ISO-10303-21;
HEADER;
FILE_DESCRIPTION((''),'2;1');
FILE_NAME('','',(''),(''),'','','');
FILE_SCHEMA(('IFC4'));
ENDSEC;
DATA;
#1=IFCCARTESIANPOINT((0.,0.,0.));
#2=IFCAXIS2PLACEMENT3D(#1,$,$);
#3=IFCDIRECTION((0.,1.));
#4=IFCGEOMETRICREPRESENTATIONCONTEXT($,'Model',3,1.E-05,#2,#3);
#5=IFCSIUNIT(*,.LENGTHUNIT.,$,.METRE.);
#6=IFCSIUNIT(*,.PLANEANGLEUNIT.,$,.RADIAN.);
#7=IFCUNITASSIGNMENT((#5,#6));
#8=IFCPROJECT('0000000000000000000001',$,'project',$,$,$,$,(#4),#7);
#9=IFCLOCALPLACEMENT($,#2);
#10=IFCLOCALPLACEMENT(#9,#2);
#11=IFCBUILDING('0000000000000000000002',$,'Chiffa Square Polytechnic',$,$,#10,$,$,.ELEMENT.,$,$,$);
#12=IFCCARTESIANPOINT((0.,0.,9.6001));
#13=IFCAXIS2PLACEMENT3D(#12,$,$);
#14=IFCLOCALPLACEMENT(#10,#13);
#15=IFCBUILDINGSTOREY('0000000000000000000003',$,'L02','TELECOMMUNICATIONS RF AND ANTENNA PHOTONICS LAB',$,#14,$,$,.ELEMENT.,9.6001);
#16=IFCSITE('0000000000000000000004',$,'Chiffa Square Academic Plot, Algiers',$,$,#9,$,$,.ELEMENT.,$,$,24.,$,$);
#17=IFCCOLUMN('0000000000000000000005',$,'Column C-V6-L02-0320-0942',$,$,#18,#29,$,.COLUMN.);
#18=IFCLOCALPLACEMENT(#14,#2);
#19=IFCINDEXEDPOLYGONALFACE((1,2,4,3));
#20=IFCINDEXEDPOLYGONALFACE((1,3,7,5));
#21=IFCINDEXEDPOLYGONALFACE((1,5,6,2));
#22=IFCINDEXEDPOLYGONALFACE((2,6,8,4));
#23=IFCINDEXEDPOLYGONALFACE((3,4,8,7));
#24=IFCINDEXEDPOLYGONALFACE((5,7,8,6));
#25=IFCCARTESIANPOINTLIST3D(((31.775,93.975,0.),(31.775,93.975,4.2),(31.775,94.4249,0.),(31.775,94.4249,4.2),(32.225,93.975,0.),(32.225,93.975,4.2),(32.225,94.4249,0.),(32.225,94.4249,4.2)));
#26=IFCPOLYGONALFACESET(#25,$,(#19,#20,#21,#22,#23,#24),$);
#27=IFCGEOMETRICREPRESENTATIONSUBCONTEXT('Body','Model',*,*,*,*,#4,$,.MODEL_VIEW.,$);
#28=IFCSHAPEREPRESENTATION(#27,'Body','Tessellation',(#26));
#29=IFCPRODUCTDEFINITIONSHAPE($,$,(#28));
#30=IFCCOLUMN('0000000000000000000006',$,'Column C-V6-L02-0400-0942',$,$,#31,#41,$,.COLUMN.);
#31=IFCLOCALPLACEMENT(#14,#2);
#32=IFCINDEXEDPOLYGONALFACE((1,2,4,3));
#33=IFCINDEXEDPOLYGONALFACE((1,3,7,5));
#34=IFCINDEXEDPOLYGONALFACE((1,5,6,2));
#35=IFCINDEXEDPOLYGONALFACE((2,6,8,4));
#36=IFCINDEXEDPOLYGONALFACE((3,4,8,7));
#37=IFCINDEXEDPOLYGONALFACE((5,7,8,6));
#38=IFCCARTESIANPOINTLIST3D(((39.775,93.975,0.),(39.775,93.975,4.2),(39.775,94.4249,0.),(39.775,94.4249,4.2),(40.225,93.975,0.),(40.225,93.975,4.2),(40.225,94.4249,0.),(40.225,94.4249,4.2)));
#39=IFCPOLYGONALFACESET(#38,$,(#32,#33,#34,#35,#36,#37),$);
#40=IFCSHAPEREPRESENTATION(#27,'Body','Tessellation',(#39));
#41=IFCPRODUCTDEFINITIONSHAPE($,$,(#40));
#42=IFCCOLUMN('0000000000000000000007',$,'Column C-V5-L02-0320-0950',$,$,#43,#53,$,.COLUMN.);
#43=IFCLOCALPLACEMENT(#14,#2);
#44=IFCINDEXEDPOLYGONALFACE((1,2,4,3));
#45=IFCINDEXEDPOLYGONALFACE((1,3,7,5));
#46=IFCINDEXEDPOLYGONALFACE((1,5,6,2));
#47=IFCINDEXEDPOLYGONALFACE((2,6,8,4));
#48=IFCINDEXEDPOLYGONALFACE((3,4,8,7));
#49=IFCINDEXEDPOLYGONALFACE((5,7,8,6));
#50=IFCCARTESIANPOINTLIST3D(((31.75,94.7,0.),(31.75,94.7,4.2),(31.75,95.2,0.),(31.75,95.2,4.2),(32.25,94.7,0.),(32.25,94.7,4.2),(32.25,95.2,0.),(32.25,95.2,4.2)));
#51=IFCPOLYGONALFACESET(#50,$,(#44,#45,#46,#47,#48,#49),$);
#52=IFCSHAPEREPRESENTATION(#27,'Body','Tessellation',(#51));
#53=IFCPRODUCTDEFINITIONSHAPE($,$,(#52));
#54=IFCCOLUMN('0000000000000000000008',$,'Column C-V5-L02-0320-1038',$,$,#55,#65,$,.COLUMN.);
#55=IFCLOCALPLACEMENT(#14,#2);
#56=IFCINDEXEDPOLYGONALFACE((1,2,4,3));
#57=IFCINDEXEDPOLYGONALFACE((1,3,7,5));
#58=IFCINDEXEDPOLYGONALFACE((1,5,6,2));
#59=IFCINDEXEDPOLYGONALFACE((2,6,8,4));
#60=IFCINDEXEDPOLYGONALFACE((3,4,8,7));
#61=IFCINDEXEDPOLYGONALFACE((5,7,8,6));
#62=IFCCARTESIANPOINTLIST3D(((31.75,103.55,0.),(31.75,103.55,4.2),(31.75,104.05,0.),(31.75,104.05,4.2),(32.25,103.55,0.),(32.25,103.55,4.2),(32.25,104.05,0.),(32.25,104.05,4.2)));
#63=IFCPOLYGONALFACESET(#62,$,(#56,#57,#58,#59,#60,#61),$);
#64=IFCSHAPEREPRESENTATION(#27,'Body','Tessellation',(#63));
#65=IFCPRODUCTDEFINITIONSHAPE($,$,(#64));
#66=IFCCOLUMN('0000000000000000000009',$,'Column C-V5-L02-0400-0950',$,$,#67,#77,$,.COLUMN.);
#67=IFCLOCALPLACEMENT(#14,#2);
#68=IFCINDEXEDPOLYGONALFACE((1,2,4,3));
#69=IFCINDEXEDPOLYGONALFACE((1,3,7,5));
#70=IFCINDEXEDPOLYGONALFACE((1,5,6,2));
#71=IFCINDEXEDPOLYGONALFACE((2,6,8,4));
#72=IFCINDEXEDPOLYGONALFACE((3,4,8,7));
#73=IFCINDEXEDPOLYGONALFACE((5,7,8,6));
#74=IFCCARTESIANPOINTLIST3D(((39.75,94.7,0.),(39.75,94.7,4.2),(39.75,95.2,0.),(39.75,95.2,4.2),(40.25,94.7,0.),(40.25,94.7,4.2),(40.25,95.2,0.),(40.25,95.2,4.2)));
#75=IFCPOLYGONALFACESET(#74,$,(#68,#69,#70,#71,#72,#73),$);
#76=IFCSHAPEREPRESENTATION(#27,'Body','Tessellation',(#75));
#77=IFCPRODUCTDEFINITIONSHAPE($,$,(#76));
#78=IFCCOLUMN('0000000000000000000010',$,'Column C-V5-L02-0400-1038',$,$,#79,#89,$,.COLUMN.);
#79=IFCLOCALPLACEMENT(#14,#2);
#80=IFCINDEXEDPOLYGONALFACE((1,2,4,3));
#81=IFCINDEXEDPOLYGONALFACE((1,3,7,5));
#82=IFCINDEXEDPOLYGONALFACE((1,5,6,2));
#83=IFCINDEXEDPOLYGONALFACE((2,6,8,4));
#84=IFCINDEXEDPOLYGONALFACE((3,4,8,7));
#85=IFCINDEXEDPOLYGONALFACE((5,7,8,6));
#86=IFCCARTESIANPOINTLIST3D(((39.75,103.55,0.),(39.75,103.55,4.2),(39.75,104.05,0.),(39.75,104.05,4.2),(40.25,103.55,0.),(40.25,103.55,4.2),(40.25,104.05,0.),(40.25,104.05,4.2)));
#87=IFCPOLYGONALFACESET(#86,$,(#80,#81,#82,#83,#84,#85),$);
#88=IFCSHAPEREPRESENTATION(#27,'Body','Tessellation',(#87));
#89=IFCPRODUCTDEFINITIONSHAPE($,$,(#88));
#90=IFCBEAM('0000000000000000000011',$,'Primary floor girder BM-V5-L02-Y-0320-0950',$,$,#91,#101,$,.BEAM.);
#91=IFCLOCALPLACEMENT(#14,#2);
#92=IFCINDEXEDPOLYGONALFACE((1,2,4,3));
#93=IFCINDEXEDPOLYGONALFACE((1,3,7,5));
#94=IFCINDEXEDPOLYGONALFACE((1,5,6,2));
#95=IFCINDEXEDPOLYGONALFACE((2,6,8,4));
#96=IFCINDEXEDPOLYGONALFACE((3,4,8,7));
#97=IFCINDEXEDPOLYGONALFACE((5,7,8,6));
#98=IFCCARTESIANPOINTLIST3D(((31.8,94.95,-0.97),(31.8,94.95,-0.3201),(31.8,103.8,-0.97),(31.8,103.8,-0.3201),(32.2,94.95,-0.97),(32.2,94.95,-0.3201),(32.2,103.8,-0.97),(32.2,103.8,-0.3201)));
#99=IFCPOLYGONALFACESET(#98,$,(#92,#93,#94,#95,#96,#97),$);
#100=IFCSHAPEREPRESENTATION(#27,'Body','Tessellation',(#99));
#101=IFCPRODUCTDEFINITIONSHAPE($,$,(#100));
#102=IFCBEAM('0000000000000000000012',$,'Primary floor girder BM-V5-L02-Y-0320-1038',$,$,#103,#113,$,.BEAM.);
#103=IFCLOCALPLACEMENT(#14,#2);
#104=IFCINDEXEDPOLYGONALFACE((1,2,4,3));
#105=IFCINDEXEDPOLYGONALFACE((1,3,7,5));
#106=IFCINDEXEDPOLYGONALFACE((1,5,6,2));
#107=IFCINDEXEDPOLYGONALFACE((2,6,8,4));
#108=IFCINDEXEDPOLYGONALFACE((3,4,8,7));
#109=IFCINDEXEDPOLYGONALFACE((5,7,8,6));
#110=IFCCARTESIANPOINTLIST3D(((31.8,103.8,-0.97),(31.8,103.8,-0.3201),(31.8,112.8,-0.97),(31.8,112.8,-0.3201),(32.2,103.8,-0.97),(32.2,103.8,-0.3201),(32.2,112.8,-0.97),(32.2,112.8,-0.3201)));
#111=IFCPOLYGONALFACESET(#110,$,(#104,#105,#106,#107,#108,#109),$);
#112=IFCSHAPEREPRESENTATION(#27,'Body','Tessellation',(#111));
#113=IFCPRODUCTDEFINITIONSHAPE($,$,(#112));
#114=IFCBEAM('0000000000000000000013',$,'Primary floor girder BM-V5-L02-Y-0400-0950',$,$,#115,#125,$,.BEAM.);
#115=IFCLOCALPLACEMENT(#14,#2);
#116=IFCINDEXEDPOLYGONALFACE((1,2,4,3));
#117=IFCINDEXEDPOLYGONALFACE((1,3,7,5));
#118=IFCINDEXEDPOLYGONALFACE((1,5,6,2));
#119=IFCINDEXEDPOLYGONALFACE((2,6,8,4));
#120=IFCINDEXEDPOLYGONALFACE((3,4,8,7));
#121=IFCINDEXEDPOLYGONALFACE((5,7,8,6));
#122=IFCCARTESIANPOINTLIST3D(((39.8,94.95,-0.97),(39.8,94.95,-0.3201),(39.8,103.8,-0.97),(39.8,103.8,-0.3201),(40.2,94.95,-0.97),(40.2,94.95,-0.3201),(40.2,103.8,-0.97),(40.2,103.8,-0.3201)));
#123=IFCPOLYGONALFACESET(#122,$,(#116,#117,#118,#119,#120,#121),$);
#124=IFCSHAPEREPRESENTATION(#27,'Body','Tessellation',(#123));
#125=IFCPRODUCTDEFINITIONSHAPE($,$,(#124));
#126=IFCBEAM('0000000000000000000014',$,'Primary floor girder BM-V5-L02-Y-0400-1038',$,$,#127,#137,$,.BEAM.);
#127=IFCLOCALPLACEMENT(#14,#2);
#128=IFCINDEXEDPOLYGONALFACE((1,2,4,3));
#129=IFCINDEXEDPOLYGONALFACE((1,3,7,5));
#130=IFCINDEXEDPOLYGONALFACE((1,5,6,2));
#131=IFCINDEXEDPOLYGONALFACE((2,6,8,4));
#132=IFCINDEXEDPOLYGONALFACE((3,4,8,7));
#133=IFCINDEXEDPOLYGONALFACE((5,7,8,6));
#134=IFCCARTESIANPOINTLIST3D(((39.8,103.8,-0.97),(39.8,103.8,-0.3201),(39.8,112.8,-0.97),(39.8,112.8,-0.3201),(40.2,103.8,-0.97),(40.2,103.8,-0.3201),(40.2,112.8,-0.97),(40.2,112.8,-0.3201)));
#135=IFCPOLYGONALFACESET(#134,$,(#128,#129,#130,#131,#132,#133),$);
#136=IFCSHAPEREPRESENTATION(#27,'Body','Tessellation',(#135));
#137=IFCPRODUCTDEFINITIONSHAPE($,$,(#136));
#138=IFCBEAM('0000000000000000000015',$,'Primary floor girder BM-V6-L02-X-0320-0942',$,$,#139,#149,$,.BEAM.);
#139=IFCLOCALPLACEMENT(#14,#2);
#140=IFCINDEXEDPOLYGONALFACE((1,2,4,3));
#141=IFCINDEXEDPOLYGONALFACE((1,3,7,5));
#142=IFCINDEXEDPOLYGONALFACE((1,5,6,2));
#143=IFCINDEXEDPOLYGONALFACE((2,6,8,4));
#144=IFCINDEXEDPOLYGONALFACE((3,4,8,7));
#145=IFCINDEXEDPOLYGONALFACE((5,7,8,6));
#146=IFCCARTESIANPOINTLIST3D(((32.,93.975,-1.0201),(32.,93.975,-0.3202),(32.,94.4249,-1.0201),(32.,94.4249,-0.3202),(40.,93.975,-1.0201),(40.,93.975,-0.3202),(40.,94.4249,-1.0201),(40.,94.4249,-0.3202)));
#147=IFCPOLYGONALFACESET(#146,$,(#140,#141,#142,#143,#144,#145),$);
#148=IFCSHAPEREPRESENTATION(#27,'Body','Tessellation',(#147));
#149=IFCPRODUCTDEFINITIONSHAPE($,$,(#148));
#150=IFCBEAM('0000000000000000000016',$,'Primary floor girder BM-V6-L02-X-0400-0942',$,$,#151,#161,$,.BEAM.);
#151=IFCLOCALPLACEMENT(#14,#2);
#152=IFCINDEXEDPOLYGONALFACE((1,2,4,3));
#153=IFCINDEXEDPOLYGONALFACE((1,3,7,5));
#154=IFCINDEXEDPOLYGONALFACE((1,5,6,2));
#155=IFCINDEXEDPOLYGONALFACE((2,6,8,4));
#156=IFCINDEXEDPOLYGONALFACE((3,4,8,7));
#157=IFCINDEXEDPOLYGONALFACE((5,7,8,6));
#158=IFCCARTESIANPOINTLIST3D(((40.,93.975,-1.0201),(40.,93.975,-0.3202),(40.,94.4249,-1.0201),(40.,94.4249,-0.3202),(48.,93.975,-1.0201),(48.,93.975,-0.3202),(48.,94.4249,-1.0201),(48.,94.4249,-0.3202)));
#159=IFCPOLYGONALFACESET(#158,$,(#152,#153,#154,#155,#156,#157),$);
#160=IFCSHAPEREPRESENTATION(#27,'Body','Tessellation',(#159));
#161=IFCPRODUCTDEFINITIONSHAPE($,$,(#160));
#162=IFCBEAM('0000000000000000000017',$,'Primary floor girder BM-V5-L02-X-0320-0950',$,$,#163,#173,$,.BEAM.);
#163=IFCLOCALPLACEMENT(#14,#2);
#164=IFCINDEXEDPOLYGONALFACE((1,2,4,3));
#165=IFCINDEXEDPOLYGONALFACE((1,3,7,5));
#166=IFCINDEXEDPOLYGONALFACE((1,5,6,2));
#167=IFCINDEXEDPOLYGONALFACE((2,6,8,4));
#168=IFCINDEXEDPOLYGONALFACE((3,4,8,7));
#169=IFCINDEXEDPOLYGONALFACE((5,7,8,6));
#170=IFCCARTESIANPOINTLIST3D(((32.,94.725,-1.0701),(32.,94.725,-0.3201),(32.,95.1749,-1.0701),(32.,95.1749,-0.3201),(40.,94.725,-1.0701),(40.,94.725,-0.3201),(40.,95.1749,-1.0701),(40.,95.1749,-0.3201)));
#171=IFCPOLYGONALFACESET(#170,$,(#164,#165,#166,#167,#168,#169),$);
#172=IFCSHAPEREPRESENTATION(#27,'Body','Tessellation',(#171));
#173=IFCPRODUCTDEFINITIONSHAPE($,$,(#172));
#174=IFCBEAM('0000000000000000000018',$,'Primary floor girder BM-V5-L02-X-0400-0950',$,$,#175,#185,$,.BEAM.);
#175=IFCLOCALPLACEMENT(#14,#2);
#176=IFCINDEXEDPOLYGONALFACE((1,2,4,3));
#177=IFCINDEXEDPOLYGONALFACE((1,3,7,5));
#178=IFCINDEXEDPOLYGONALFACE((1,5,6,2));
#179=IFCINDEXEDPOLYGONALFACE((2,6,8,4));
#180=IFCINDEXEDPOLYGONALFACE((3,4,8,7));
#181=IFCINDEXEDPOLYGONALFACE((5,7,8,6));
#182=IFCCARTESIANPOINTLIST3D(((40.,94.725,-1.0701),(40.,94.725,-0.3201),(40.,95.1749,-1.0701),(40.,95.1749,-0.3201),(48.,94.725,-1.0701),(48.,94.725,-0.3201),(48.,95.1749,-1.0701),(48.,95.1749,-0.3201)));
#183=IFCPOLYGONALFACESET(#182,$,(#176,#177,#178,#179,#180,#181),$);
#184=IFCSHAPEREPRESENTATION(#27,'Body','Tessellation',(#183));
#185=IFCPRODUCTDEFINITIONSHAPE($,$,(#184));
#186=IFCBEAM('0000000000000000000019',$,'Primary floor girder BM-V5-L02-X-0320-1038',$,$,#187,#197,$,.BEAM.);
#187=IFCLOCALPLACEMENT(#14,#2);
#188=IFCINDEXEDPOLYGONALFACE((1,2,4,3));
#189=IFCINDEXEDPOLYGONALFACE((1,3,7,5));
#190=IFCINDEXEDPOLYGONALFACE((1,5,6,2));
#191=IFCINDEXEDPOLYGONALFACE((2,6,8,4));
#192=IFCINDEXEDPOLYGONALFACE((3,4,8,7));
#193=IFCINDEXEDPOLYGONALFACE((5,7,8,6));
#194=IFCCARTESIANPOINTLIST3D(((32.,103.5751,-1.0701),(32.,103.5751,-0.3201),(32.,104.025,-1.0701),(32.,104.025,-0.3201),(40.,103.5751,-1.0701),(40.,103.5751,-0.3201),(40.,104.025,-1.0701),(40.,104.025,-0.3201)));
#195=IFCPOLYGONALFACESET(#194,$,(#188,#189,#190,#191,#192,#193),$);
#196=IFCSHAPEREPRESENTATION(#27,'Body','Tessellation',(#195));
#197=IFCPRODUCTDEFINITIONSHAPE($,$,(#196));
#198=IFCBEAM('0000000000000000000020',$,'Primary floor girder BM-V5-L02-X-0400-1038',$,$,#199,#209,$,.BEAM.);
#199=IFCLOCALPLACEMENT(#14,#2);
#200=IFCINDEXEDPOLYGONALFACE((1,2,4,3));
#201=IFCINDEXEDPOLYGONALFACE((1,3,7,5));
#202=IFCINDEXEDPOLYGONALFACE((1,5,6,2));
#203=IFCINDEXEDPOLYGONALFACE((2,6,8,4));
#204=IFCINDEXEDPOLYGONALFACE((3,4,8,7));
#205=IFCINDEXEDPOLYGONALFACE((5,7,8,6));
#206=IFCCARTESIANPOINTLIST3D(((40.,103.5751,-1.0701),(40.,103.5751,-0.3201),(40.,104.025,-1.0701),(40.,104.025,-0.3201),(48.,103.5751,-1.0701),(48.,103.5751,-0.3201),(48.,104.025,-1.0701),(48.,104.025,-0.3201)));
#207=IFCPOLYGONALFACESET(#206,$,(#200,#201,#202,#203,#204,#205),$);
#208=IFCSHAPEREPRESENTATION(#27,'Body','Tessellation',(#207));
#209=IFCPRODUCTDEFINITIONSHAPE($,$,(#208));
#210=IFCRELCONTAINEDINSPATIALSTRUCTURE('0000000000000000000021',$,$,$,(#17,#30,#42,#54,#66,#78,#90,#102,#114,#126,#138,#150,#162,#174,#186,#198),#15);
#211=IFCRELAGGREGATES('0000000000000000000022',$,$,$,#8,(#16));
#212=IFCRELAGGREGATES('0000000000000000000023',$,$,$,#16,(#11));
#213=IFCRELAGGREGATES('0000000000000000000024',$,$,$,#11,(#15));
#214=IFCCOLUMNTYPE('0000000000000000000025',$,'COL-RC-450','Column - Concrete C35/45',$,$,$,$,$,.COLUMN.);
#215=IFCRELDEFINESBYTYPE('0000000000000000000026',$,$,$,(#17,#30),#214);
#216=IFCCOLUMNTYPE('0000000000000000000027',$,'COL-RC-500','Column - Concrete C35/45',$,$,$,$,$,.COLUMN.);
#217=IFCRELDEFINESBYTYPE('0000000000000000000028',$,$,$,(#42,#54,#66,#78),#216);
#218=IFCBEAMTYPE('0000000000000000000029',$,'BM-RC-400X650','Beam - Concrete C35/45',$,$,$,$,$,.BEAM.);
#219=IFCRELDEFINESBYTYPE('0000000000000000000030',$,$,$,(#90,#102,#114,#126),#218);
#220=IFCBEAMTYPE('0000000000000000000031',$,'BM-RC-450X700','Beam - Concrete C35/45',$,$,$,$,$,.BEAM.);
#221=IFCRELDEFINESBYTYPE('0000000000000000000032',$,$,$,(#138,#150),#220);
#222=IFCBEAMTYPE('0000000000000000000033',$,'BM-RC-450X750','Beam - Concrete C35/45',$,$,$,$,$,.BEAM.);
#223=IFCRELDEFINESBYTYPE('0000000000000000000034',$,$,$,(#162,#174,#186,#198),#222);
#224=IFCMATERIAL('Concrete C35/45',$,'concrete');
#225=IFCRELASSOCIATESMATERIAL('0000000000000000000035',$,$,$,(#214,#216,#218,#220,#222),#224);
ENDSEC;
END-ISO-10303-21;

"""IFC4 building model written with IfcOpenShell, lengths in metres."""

from ifc_helpers import new_model, si_unit, direction, frame, origin, origin_2d, place, context, subcontext, project, spatial, rectangle, extrude, material, material_profile, profile_set, type_object, element, save


model = new_model("IFC4")

# Units and contexts
model_context = context("Model", 3, precision=1e-05, world=origin(), true_north=direction((0.0, 1.0)))
body_context = subcontext(model_context, "Body", "Model", "MODEL_VIEW")
ifc_project = project(units=[si_unit("LENGTHUNIT", "METRE"), si_unit("PLANEANGLEUNIT", "RADIAN")], contexts=[model_context])

# Site, building, storey
site_placement = place(None, origin())
site = spatial("IfcSite", under=ifc_project, at=site_placement, Name="Chiffa Square Academic Plot, Algiers", CompositionType="ELEMENT", RefElevation=24.0)
building_placement = place(site_placement, origin())
building = spatial("IfcBuilding", under=site, at=building_placement, Name="Chiffa Square Polytechnic", CompositionType="ELEMENT")
storey_placement = place(building_placement, frame((0.0, 0.0, 9.6001)))
storey = spatial("IfcBuildingStorey", under=building, at=storey_placement, Name="L02", Description="TELECOMMUNICATIONS RF AND ANTENNA PHOTONICS LAB", CompositionType="ELEMENT", Elevation=9.6001)

# Columns
ifc_material_1 = material(Name="Concrete C35/45", Category="concrete")
ifc_material_profile_1 = material_profile(ifc_material_1, rectangle(XDim=0.45, YDim=0.45, at=origin_2d()), Name="RC 450x450")
ifc_profile_set_1 = profile_set([ifc_material_profile_1], Name="Concrete C35/45")
column_type_1 = type_object("IfcColumnType", Name="COL-RC-450", Description="Column - Concrete C35/45", PredefinedType="COLUMN", material=ifc_profile_set_1)
for number, where, z_axis, x_axis, name in (
    (1, (32.0, 94.2, 0.0), (0.0, 0.0, 1.0), (1.0, 0.0, 0.0), "Column C-V6-L02-0320-0942"),
    (2, (40.0, 94.2, 0.0), (0.0, 0.0, 1.0), (1.0, 0.0, 0.0), "Column C-V6-L02-0400-0942"),
):
    element("IfcColumn", number, at=place(storey_placement, frame(where, z_axis=z_axis, x_axis=x_axis)), inside=storey, type_object=column_type_1, Name=name, PredefinedType="COLUMN", context=body_context, shape_type="SweptSolid", body=[
        extrude(rectangle(XDim=0.45, YDim=0.45, at=origin_2d()), origin(), (0.0, 0.0, 1.0), 4.2),
    ])
ifc_material_profile_2 = material_profile(ifc_material_1, rectangle(XDim=0.5, YDim=0.5, at=origin_2d()), Name="RC 500x500")
ifc_profile_set_2 = profile_set([ifc_material_profile_2], Name="Concrete C35/45")
column_type_2 = type_object("IfcColumnType", Name="COL-RC-500", Description="Column - Concrete C35/45", PredefinedType="COLUMN", material=ifc_profile_set_2)
for number, where, z_axis, x_axis, name in (
    (3, (32.0, 94.95, 0.0), (0.0, 0.0, 1.0), (1.0, 0.0, 0.0), "Column C-V5-L02-0320-0950"),
    (4, (32.0, 103.8, 0.0), (0.0, 0.0, 1.0), (1.0, 0.0, 0.0), "Column C-V5-L02-0320-1038"),
    (5, (40.0, 94.95, 0.0), (0.0, 0.0, 1.0), (1.0, 0.0, 0.0), "Column C-V5-L02-0400-0950"),
    (6, (40.0, 103.8, 0.0), (0.0, 0.0, 1.0), (1.0, 0.0, 0.0), "Column C-V5-L02-0400-1038"),
):
    element("IfcColumn", number, at=place(storey_placement, frame(where, z_axis=z_axis, x_axis=x_axis)), inside=storey, type_object=column_type_2, Name=name, PredefinedType="COLUMN", context=body_context, shape_type="SweptSolid", body=[
        extrude(rectangle(XDim=0.5, YDim=0.5, at=origin_2d()), origin(), (0.0, 0.0, 1.0), 4.2),
    ])

# Beams
ifc_material_profile_3 = material_profile(ifc_material_1, rectangle(XDim=0.3999, YDim=0.6499, at=origin_2d()), Name="RC 400x650")
ifc_profile_set_3 = profile_set([ifc_material_profile_3], Name="Concrete C35/45")
beam_type_1 = type_object("IfcBeamType", Name="BM-RC-400X650", Description="Beam - Concrete C35/45", PredefinedType="BEAM", material=ifc_profile_set_3)
beam_1_placement = place(storey_placement, frame((32.0, 94.95, -0.645), z_axis=(0.0, 1.0, 0.0), x_axis=(-1.0, 0.0, 0.0)))
element("IfcBeam", 7, at=beam_1_placement, inside=storey, type_object=beam_type_1, Name="Primary floor girder BM-V5-L02-Y-0320-0950", PredefinedType="BEAM", context=body_context, shape_type="SweptSolid", body=[
    extrude(rectangle(XDim=0.3999, YDim=0.6499, at=origin_2d()), origin(), (0.0, 0.0, 1.0), 8.8501),
])
beam_2_placement = place(storey_placement, frame((32.0, 103.8, -0.645), z_axis=(0.0, 1.0, 0.0), x_axis=(-1.0, 0.0, 0.0)))
element("IfcBeam", 8, at=beam_2_placement, inside=storey, type_object=beam_type_1, Name="Primary floor girder BM-V5-L02-Y-0320-1038", PredefinedType="BEAM", context=body_context, shape_type="SweptSolid", body=[
    extrude(rectangle(XDim=0.3999, YDim=0.6499, at=origin_2d()), origin(), (0.0, 0.0, 1.0), 9.0),
])
beam_3_placement = place(storey_placement, frame((40.0, 94.95, -0.645), z_axis=(0.0, 1.0, 0.0), x_axis=(-1.0, 0.0, 0.0)))
element("IfcBeam", 9, at=beam_3_placement, inside=storey, type_object=beam_type_1, Name="Primary floor girder BM-V5-L02-Y-0400-0950", PredefinedType="BEAM", context=body_context, shape_type="SweptSolid", body=[
    extrude(rectangle(XDim=0.3999, YDim=0.6499, at=origin_2d()), origin(), (0.0, 0.0, 1.0), 8.8501),
])
beam_4_placement = place(storey_placement, frame((40.0, 103.8, -0.645), z_axis=(0.0, 1.0, 0.0), x_axis=(-1.0, 0.0, 0.0)))
element("IfcBeam", 10, at=beam_4_placement, inside=storey, type_object=beam_type_1, Name="Primary floor girder BM-V5-L02-Y-0400-1038", PredefinedType="BEAM", context=body_context, shape_type="SweptSolid", body=[
    extrude(rectangle(XDim=0.3999, YDim=0.6499, at=origin_2d()), origin(), (0.0, 0.0, 1.0), 9.0),
])
ifc_material_profile_4 = material_profile(ifc_material_1, rectangle(XDim=0.45, YDim=0.7, at=origin_2d()), Name="RC 450x700")
ifc_profile_set_4 = profile_set([ifc_material_profile_4], Name="Concrete C35/45")
beam_type_2 = type_object("IfcBeamType", Name="BM-RC-450X700", Description="Beam - Concrete C35/45", PredefinedType="BEAM", material=ifc_profile_set_4)
for number, where, z_axis, x_axis, name in (
    (11, (32.0, 94.2, -0.6702), (1.0, 0.0, 0.0), (0.0, 1.0, 0.0), "Primary floor girder BM-V6-L02-X-0320-0942"),
    (12, (40.0, 94.2, -0.6702), (1.0, 0.0, 0.0), (0.0, 1.0, 0.0), "Primary floor girder BM-V6-L02-X-0400-0942"),
):
    element("IfcBeam", number, at=place(storey_placement, frame(where, z_axis=z_axis, x_axis=x_axis)), inside=storey, type_object=beam_type_2, Name=name, PredefinedType="BEAM", context=body_context, shape_type="SweptSolid", body=[
        extrude(rectangle(XDim=0.45, YDim=0.7, at=origin_2d()), origin(), (0.0, 0.0, 1.0), 8.0),
    ])
ifc_material_profile_5 = material_profile(ifc_material_1, rectangle(XDim=0.45, YDim=0.75, at=origin_2d()), Name="RC 450x750")
ifc_profile_set_5 = profile_set([ifc_material_profile_5], Name="Concrete C35/45")
beam_type_3 = type_object("IfcBeamType", Name="BM-RC-450X750", Description="Beam - Concrete C35/45", PredefinedType="BEAM", material=ifc_profile_set_5)
for number, where, z_axis, x_axis, name in (
    (13, (32.0, 94.95, -0.6951), (1.0, 0.0, 0.0), (0.0, 1.0, 0.0), "Primary floor girder BM-V5-L02-X-0320-0950"),
    (14, (40.0, 94.95, -0.6951), (1.0, 0.0, 0.0), (0.0, 1.0, 0.0), "Primary floor girder BM-V5-L02-X-0400-0950"),
    (15, (32.0, 103.8, -0.6951), (1.0, 0.0, 0.0), (0.0, 1.0, 0.0), "Primary floor girder BM-V5-L02-X-0320-1038"),
    (16, (40.0, 103.8, -0.6951), (1.0, 0.0, 0.0), (0.0, 1.0, 0.0), "Primary floor girder BM-V5-L02-X-0400-1038"),
):
    element("IfcBeam", number, at=place(storey_placement, frame(where, z_axis=z_axis, x_axis=x_axis)), inside=storey, type_object=beam_type_3, Name=name, PredefinedType="BEAM", context=body_context, shape_type="SweptSolid", body=[
        extrude(rectangle(XDim=0.45, YDim=0.75, at=origin_2d()), origin(), (0.0, 0.0, 1.0), 8.0),
    ])

save(model, "model.ifc")
